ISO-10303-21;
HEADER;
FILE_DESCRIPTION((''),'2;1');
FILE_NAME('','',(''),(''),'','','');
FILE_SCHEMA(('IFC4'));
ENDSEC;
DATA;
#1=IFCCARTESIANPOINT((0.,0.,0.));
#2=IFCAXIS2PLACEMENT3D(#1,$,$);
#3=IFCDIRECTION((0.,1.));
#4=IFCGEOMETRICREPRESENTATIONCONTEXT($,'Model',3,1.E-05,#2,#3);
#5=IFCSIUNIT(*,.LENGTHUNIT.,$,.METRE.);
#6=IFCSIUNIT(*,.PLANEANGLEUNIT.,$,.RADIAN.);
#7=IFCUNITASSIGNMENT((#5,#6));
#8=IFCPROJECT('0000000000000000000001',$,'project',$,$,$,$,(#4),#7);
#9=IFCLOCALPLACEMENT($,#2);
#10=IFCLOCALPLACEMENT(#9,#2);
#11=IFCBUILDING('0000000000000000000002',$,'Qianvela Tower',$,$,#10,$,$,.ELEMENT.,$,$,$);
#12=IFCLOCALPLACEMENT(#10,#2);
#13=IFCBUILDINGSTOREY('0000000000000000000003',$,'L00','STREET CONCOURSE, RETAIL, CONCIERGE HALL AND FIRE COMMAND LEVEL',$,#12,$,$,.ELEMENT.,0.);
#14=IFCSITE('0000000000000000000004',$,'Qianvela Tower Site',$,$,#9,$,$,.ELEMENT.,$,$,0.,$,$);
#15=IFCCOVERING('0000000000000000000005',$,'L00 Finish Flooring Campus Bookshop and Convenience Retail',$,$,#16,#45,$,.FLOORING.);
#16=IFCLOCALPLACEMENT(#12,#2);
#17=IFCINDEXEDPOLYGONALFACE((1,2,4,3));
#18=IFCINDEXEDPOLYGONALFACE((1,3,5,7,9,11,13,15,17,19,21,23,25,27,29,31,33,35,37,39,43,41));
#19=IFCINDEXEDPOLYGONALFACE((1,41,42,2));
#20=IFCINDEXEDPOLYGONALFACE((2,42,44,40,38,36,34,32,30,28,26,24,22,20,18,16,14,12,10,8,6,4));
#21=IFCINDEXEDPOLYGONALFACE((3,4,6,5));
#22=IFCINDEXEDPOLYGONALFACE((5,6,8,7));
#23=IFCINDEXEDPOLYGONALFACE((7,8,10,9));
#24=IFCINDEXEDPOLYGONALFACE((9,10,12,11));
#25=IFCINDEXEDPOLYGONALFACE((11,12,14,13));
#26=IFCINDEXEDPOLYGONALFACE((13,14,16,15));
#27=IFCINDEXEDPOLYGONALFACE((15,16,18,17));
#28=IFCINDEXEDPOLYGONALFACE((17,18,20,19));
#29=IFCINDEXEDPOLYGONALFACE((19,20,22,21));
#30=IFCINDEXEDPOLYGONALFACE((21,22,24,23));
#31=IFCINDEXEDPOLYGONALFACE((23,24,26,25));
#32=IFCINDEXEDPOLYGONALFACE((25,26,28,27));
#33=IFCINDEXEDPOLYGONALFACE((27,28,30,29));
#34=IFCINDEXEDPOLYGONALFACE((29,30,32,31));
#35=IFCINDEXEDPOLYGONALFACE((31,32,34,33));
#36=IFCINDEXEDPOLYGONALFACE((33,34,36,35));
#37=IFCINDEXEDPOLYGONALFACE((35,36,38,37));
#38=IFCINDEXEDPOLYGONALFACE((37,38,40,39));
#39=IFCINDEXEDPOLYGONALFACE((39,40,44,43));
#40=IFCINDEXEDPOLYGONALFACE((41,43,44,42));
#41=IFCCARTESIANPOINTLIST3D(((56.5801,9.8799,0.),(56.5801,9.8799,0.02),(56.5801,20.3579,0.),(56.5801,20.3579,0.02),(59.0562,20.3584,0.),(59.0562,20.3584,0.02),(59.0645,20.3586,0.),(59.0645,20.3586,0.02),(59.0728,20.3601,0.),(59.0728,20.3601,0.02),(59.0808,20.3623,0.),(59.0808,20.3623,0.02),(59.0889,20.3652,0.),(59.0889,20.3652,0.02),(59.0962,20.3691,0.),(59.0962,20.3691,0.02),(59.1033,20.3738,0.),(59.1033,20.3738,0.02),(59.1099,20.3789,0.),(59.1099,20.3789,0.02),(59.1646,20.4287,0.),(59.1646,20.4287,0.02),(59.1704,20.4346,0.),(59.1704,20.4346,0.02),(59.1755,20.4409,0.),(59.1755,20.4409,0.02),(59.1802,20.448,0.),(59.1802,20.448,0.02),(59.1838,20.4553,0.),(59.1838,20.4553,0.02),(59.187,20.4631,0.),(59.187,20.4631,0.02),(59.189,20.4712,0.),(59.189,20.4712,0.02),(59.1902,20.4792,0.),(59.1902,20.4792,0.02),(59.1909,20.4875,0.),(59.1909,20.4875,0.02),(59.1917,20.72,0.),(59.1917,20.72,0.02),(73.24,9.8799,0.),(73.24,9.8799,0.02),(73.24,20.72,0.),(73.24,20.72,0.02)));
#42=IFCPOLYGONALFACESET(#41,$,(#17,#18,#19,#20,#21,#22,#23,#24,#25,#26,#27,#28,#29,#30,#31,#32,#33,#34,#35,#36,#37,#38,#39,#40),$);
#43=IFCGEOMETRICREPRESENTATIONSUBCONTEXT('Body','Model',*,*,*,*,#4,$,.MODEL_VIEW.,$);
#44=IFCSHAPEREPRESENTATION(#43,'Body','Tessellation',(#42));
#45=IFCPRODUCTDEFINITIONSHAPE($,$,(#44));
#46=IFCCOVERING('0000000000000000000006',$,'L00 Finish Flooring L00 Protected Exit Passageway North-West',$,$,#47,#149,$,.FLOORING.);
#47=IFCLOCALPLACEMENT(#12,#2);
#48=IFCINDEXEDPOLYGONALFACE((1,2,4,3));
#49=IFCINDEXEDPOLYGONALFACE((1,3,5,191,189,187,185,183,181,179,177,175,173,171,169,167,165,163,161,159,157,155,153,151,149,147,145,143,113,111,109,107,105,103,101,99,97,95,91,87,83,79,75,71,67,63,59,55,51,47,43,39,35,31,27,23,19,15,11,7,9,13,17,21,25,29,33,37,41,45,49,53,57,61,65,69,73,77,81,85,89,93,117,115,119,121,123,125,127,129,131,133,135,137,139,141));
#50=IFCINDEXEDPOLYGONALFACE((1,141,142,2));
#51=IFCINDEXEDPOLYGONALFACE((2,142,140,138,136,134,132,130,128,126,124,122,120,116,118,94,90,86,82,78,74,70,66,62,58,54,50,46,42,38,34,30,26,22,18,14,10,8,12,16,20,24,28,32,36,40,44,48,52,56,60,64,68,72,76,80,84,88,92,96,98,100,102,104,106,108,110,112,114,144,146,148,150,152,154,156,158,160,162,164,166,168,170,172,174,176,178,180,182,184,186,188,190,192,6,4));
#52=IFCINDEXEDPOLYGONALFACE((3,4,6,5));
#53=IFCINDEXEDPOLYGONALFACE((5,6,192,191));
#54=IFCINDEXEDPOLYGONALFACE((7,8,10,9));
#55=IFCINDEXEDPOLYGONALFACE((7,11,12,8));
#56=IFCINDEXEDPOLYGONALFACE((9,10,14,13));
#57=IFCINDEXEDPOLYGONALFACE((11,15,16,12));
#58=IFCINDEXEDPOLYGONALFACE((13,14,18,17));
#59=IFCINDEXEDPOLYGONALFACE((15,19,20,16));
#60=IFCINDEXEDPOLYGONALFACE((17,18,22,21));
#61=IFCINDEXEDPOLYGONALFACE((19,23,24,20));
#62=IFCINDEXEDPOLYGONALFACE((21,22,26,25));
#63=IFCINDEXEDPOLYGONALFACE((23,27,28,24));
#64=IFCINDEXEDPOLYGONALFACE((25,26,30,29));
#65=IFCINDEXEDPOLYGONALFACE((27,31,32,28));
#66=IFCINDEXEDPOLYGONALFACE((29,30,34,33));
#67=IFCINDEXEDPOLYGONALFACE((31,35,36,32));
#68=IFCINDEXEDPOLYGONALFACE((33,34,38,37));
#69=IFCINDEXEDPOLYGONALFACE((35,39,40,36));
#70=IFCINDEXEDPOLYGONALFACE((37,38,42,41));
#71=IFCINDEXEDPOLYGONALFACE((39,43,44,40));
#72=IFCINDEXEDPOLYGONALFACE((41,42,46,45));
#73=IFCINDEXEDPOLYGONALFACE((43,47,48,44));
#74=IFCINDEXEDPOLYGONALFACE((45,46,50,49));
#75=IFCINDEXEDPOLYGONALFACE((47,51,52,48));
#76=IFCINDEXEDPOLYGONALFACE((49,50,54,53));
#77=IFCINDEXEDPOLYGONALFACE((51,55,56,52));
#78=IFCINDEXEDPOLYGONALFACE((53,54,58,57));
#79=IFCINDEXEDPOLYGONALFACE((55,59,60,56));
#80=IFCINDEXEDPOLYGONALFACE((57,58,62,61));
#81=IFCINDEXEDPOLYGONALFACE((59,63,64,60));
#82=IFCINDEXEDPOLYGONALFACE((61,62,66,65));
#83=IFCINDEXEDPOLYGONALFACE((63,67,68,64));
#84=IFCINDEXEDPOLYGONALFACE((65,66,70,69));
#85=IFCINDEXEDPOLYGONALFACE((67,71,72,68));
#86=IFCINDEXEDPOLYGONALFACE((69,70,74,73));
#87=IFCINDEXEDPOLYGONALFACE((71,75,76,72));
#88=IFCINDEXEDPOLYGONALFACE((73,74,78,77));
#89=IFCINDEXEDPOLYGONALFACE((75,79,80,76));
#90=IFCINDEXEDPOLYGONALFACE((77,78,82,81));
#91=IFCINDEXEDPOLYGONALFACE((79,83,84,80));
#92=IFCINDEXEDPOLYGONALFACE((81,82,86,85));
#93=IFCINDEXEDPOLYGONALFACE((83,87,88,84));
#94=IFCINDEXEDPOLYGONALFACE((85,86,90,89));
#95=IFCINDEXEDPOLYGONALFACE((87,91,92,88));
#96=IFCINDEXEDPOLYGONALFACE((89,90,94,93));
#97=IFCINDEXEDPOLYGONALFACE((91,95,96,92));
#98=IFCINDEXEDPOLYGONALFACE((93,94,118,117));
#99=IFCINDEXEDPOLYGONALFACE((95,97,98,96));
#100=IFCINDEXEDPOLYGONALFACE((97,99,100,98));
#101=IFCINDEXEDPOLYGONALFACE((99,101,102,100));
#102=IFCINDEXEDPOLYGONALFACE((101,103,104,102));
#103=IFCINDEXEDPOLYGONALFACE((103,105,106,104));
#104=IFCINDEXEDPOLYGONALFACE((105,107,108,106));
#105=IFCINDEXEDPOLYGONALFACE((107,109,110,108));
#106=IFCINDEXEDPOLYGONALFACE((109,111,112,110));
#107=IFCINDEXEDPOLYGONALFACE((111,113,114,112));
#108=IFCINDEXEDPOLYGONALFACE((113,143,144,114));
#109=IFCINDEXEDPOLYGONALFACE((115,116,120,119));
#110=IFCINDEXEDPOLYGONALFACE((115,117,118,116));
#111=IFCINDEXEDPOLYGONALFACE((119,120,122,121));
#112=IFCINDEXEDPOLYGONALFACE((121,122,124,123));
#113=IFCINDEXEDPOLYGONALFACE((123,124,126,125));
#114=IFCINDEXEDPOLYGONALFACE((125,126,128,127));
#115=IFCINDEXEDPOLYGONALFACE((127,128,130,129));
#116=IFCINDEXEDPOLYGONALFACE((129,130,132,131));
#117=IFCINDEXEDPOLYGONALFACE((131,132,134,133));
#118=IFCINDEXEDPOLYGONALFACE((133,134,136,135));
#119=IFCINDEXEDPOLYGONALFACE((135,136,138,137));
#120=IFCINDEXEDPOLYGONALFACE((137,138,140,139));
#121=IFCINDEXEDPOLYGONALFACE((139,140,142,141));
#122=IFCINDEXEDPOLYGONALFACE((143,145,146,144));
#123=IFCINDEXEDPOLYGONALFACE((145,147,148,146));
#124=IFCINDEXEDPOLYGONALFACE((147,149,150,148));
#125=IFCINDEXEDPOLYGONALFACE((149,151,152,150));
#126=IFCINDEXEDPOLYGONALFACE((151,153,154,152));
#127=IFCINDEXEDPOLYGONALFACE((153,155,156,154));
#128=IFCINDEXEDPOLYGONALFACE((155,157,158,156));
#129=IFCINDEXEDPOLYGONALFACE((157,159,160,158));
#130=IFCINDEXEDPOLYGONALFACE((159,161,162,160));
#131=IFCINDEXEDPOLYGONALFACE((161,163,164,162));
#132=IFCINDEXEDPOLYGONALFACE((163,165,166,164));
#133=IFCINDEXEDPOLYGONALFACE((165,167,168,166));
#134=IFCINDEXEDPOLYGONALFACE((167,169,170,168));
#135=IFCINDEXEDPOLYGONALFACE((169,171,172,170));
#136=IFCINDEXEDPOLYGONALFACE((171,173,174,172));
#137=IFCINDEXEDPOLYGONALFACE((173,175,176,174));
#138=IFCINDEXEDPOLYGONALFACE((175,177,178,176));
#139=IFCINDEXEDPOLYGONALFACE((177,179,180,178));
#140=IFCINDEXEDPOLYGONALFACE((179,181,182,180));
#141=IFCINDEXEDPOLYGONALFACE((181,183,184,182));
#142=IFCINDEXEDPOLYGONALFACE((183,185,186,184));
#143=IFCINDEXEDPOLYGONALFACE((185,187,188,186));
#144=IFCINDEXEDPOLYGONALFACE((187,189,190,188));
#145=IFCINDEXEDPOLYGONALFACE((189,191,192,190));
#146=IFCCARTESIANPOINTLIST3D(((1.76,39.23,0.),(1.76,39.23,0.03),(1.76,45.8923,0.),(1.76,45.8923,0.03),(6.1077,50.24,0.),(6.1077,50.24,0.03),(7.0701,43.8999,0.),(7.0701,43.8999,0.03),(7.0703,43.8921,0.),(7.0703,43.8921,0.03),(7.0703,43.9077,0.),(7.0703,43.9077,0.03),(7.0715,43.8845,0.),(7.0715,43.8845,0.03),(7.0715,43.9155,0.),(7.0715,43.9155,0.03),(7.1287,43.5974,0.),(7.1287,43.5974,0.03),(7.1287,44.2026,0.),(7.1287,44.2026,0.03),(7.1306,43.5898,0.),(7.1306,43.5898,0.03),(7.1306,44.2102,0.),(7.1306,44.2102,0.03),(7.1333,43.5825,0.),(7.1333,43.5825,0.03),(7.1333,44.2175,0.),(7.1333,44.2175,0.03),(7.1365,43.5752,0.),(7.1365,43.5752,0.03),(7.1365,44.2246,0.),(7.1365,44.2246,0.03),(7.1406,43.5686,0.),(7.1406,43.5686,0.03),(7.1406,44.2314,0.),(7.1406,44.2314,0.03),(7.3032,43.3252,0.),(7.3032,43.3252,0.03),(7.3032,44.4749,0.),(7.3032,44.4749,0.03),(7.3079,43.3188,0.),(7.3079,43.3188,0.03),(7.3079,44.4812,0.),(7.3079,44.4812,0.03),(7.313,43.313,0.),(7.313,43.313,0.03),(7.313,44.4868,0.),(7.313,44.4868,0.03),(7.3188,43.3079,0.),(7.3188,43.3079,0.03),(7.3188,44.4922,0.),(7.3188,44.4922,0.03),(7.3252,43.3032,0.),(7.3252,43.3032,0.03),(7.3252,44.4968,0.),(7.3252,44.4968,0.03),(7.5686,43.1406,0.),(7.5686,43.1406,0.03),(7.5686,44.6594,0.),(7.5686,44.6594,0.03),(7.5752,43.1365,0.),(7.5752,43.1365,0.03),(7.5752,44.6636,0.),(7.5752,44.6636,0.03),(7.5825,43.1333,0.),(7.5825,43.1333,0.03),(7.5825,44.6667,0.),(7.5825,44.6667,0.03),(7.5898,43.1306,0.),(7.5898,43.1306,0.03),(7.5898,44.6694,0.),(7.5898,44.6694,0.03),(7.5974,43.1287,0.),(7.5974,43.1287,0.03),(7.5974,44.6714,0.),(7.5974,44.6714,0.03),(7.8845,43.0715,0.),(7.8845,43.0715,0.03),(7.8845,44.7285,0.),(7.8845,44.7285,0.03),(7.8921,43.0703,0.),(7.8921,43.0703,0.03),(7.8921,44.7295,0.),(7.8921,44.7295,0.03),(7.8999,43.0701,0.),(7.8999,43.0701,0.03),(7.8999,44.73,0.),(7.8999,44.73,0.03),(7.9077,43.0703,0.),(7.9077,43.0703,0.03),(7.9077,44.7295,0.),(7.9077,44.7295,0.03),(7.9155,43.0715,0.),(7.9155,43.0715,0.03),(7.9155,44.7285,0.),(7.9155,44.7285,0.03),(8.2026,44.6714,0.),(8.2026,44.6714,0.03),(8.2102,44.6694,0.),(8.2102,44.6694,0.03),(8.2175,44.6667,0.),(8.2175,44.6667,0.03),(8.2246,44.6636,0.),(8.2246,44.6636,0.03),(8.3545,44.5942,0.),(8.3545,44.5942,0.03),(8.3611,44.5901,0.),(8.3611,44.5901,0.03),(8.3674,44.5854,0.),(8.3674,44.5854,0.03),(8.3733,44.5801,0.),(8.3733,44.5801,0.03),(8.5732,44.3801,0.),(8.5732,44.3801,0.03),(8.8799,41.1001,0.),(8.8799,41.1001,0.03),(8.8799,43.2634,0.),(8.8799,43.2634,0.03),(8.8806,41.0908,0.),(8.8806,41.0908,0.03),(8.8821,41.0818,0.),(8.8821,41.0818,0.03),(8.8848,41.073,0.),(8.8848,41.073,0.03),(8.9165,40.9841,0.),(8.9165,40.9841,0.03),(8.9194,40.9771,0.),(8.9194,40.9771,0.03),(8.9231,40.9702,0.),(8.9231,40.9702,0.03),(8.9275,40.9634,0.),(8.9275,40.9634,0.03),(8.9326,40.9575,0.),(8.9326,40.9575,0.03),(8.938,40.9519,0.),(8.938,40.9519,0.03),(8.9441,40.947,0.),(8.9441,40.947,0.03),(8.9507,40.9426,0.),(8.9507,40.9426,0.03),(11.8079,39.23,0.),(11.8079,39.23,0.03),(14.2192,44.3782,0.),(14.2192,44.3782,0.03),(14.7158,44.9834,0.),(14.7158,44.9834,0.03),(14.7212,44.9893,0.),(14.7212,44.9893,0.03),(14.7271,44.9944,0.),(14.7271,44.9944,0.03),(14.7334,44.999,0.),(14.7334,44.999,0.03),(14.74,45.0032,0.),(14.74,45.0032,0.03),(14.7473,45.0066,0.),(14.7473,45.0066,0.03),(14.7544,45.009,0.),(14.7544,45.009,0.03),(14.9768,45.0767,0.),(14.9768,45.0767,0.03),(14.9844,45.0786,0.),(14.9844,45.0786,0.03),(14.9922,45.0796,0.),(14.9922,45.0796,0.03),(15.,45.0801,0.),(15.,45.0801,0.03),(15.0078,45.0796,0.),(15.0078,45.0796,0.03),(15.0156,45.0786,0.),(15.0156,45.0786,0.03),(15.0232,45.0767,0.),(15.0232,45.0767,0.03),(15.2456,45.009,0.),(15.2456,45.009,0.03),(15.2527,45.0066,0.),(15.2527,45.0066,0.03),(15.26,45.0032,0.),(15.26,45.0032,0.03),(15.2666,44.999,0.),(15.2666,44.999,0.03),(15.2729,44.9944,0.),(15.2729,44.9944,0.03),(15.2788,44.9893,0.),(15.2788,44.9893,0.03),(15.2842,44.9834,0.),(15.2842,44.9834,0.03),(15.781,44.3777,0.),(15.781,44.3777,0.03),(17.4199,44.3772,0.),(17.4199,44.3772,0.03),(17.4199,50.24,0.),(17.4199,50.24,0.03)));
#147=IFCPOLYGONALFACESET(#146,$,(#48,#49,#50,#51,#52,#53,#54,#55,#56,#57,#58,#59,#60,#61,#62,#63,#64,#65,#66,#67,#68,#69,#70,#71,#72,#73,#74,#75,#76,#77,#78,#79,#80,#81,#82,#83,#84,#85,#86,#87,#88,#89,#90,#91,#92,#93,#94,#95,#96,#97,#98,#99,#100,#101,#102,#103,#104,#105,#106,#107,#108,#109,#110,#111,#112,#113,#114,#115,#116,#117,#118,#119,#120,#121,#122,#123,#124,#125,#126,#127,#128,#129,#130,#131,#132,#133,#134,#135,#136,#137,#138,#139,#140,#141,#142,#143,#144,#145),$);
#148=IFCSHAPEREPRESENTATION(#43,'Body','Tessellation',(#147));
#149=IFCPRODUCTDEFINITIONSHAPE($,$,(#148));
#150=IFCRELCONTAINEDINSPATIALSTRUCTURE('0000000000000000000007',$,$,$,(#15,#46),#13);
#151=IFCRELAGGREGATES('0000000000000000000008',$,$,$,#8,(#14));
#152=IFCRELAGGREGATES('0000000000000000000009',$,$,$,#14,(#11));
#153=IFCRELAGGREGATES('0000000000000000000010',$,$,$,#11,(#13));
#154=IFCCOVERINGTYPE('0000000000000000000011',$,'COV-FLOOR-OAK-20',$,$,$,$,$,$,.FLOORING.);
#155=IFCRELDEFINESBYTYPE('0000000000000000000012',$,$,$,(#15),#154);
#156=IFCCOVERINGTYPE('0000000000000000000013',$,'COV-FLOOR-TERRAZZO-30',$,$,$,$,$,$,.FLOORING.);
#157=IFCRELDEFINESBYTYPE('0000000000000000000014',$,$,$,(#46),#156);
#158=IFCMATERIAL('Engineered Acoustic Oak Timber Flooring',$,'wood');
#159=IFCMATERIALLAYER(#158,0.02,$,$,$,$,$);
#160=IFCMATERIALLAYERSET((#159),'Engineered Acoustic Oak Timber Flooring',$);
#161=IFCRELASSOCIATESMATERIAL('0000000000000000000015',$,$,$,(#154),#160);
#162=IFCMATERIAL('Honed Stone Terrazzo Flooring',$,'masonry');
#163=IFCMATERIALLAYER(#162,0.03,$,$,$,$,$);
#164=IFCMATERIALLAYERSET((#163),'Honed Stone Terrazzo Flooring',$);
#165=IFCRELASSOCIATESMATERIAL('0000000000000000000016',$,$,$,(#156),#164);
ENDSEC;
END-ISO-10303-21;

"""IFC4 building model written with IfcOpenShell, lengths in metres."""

from ifc_helpers import new_model, si_unit, direction, origin, place, context, subcontext, project, spatial, polyline, outline, extrude, material, layer, layer_set, type_object, element, save


model = new_model("IFC4")

# Units and contexts
model_context = context("Model", 3, precision=1e-05, world=origin(), true_north=direction((0.0, 1.0)))
body_context = subcontext(model_context, "Body", "Model", "MODEL_VIEW")
ifc_project = project(units=[si_unit("LENGTHUNIT", "METRE"), si_unit("PLANEANGLEUNIT", "RADIAN")], contexts=[model_context])

# Site, building, storey
site_placement = place(None, origin())
site = spatial("IfcSite", under=ifc_project, at=site_placement, Name="Qianvela Tower Site", CompositionType="ELEMENT", RefElevation=0.0)
building_placement = place(site_placement, origin())
building = spatial("IfcBuilding", under=site, at=building_placement, Name="Qianvela Tower", CompositionType="ELEMENT")
storey_placement = place(building_placement, origin())
storey = spatial("IfcBuildingStorey", under=building, at=storey_placement, Name="L00", Description="STREET CONCOURSE, RETAIL, CONCIERGE HALL AND FIRE COMMAND LEVEL", CompositionType="ELEMENT", Elevation=0.0)

# Coverings
ifc_material_1 = material(Name="Engineered Acoustic Oak Timber Flooring", Category="wood")
ifc_layer_1 = layer(ifc_material_1, 0.02)
ifc_layer_set_1 = layer_set([ifc_layer_1], Name="Engineered Acoustic Oak Timber Flooring")
covering_type_1 = type_object("IfcCoveringType", Name="COV-FLOOR-OAK-20", PredefinedType="FLOORING", material=ifc_layer_set_1)
covering_1_placement = place(storey_placement, origin())
element("IfcCovering", 1, at=covering_1_placement, inside=storey, type_object=covering_type_1, Name="L00 Finish Flooring Campus Bookshop and Convenience Retail", PredefinedType="FLOORING", context=body_context, shape_type="SweptSolid", body=[
    extrude(outline(polyline([(73.24, 20.72), (73.24, 9.8799), (56.5801, 9.8799), (56.5801, 20.3579), (59.0562, 20.3584), (59.0645, 20.3586), (59.0728, 20.3601), (59.0808, 20.3623), (59.0889, 20.3652), (59.0962, 20.3691), (59.1033, 20.3738), (59.1099, 20.3789), (59.1646, 20.4287), (59.1704, 20.4346), (59.1755, 20.4409), (59.1802, 20.448), (59.1838, 20.4553), (59.187, 20.4631), (59.189, 20.4712), (59.1902, 20.4792), (59.1909, 20.4875), (59.1917, 20.72), (73.24, 20.72)])), origin(), (0.0, 0.0, 1.0), 0.02),
])
ifc_material_2 = material(Name="Honed Stone Terrazzo Flooring", Category="masonry")
ifc_layer_2 = layer(ifc_material_2, 0.03)
ifc_layer_set_2 = layer_set([ifc_layer_2], Name="Honed Stone Terrazzo Flooring")
covering_type_2 = type_object("IfcCoveringType", Name="COV-FLOOR-TERRAZZO-30", PredefinedType="FLOORING", material=ifc_layer_set_2)
covering_2_placement = place(storey_placement, origin())
element("IfcCovering", 2, at=covering_2_placement, inside=storey, type_object=covering_type_2, Name="L00 Finish Flooring L00 Protected Exit Passageway North-West", PredefinedType="FLOORING", context=body_context, shape_type="SweptSolid", body=[
    extrude(outline(polyline([(7.8845, 43.0715), (7.8921, 43.0703), (7.8999, 43.0701), (7.9077, 43.0703), (7.9155, 43.0715), (8.8799, 43.2634), (8.8799, 41.1001), (8.8806, 41.0908), (8.8821, 41.0818), (8.8848, 41.073), (8.9165, 40.9841), (8.9194, 40.9771), (8.9231, 40.9702), (8.9275, 40.9634), (8.9326, 40.9575), (8.938, 40.9519), (8.9441, 40.947), (8.9507, 40.9426), (11.8079, 39.23), (1.76, 39.23), (1.76, 45.8923), (6.1077, 50.24), (17.4199, 50.24), (17.4199, 44.3772), (15.781, 44.3777), (15.2842, 44.9834), (15.2788, 44.9893), (15.2729, 44.9944), (15.2666, 44.999), (15.26, 45.0032), (15.2527, 45.0066), (15.2456, 45.009), (15.0232, 45.0767), (15.0156, 45.0786), (15.0078, 45.0796), (15.0, 45.0801), (14.9922, 45.0796), (14.9844, 45.0786), (14.9768, 45.0767), (14.7544, 45.009), (14.7473, 45.0066), (14.74, 45.0032), (14.7334, 44.999), (14.7271, 44.9944), (14.7212, 44.9893), (14.7158, 44.9834), (14.2192, 44.3782), (8.5732, 44.3801), (8.3733, 44.5801), (8.3674, 44.5854), (8.3611, 44.5901), (8.3545, 44.5942), (8.2246, 44.6636), (8.2175, 44.6667), (8.2102, 44.6694), (8.2026, 44.6714), (7.9155, 44.7285), (7.9077, 44.7295), (7.8999, 44.73), (7.8921, 44.7295), (7.8845, 44.7285), (7.5974, 44.6714), (7.5898, 44.6694), (7.5825, 44.6667), (7.5752, 44.6636), (7.5686, 44.6594), (7.3252, 44.4968), (7.3188, 44.4922), (7.313, 44.4868), (7.3079, 44.4812), (7.3032, 44.4749), (7.1406, 44.2314), (7.1365, 44.2246), (7.1333, 44.2175), (7.1306, 44.2102), (7.1287, 44.2026), (7.0715, 43.9155), (7.0703, 43.9077), (7.0701, 43.8999), (7.0703, 43.8921), (7.0715, 43.8845), (7.1287, 43.5974), (7.1306, 43.5898), (7.1333, 43.5825), (7.1365, 43.5752), (7.1406, 43.5686), (7.3032, 43.3252), (7.3079, 43.3188), (7.313, 43.313), (7.3188, 43.3079), (7.3252, 43.3032), (7.5686, 43.1406), (7.5752, 43.1365), (7.5825, 43.1333), (7.5898, 43.1306), (7.5974, 43.1287), (7.8845, 43.0715)])), origin(), (0.0, 0.0, 1.0), 0.03),
])

save(model, "model.ifc")
